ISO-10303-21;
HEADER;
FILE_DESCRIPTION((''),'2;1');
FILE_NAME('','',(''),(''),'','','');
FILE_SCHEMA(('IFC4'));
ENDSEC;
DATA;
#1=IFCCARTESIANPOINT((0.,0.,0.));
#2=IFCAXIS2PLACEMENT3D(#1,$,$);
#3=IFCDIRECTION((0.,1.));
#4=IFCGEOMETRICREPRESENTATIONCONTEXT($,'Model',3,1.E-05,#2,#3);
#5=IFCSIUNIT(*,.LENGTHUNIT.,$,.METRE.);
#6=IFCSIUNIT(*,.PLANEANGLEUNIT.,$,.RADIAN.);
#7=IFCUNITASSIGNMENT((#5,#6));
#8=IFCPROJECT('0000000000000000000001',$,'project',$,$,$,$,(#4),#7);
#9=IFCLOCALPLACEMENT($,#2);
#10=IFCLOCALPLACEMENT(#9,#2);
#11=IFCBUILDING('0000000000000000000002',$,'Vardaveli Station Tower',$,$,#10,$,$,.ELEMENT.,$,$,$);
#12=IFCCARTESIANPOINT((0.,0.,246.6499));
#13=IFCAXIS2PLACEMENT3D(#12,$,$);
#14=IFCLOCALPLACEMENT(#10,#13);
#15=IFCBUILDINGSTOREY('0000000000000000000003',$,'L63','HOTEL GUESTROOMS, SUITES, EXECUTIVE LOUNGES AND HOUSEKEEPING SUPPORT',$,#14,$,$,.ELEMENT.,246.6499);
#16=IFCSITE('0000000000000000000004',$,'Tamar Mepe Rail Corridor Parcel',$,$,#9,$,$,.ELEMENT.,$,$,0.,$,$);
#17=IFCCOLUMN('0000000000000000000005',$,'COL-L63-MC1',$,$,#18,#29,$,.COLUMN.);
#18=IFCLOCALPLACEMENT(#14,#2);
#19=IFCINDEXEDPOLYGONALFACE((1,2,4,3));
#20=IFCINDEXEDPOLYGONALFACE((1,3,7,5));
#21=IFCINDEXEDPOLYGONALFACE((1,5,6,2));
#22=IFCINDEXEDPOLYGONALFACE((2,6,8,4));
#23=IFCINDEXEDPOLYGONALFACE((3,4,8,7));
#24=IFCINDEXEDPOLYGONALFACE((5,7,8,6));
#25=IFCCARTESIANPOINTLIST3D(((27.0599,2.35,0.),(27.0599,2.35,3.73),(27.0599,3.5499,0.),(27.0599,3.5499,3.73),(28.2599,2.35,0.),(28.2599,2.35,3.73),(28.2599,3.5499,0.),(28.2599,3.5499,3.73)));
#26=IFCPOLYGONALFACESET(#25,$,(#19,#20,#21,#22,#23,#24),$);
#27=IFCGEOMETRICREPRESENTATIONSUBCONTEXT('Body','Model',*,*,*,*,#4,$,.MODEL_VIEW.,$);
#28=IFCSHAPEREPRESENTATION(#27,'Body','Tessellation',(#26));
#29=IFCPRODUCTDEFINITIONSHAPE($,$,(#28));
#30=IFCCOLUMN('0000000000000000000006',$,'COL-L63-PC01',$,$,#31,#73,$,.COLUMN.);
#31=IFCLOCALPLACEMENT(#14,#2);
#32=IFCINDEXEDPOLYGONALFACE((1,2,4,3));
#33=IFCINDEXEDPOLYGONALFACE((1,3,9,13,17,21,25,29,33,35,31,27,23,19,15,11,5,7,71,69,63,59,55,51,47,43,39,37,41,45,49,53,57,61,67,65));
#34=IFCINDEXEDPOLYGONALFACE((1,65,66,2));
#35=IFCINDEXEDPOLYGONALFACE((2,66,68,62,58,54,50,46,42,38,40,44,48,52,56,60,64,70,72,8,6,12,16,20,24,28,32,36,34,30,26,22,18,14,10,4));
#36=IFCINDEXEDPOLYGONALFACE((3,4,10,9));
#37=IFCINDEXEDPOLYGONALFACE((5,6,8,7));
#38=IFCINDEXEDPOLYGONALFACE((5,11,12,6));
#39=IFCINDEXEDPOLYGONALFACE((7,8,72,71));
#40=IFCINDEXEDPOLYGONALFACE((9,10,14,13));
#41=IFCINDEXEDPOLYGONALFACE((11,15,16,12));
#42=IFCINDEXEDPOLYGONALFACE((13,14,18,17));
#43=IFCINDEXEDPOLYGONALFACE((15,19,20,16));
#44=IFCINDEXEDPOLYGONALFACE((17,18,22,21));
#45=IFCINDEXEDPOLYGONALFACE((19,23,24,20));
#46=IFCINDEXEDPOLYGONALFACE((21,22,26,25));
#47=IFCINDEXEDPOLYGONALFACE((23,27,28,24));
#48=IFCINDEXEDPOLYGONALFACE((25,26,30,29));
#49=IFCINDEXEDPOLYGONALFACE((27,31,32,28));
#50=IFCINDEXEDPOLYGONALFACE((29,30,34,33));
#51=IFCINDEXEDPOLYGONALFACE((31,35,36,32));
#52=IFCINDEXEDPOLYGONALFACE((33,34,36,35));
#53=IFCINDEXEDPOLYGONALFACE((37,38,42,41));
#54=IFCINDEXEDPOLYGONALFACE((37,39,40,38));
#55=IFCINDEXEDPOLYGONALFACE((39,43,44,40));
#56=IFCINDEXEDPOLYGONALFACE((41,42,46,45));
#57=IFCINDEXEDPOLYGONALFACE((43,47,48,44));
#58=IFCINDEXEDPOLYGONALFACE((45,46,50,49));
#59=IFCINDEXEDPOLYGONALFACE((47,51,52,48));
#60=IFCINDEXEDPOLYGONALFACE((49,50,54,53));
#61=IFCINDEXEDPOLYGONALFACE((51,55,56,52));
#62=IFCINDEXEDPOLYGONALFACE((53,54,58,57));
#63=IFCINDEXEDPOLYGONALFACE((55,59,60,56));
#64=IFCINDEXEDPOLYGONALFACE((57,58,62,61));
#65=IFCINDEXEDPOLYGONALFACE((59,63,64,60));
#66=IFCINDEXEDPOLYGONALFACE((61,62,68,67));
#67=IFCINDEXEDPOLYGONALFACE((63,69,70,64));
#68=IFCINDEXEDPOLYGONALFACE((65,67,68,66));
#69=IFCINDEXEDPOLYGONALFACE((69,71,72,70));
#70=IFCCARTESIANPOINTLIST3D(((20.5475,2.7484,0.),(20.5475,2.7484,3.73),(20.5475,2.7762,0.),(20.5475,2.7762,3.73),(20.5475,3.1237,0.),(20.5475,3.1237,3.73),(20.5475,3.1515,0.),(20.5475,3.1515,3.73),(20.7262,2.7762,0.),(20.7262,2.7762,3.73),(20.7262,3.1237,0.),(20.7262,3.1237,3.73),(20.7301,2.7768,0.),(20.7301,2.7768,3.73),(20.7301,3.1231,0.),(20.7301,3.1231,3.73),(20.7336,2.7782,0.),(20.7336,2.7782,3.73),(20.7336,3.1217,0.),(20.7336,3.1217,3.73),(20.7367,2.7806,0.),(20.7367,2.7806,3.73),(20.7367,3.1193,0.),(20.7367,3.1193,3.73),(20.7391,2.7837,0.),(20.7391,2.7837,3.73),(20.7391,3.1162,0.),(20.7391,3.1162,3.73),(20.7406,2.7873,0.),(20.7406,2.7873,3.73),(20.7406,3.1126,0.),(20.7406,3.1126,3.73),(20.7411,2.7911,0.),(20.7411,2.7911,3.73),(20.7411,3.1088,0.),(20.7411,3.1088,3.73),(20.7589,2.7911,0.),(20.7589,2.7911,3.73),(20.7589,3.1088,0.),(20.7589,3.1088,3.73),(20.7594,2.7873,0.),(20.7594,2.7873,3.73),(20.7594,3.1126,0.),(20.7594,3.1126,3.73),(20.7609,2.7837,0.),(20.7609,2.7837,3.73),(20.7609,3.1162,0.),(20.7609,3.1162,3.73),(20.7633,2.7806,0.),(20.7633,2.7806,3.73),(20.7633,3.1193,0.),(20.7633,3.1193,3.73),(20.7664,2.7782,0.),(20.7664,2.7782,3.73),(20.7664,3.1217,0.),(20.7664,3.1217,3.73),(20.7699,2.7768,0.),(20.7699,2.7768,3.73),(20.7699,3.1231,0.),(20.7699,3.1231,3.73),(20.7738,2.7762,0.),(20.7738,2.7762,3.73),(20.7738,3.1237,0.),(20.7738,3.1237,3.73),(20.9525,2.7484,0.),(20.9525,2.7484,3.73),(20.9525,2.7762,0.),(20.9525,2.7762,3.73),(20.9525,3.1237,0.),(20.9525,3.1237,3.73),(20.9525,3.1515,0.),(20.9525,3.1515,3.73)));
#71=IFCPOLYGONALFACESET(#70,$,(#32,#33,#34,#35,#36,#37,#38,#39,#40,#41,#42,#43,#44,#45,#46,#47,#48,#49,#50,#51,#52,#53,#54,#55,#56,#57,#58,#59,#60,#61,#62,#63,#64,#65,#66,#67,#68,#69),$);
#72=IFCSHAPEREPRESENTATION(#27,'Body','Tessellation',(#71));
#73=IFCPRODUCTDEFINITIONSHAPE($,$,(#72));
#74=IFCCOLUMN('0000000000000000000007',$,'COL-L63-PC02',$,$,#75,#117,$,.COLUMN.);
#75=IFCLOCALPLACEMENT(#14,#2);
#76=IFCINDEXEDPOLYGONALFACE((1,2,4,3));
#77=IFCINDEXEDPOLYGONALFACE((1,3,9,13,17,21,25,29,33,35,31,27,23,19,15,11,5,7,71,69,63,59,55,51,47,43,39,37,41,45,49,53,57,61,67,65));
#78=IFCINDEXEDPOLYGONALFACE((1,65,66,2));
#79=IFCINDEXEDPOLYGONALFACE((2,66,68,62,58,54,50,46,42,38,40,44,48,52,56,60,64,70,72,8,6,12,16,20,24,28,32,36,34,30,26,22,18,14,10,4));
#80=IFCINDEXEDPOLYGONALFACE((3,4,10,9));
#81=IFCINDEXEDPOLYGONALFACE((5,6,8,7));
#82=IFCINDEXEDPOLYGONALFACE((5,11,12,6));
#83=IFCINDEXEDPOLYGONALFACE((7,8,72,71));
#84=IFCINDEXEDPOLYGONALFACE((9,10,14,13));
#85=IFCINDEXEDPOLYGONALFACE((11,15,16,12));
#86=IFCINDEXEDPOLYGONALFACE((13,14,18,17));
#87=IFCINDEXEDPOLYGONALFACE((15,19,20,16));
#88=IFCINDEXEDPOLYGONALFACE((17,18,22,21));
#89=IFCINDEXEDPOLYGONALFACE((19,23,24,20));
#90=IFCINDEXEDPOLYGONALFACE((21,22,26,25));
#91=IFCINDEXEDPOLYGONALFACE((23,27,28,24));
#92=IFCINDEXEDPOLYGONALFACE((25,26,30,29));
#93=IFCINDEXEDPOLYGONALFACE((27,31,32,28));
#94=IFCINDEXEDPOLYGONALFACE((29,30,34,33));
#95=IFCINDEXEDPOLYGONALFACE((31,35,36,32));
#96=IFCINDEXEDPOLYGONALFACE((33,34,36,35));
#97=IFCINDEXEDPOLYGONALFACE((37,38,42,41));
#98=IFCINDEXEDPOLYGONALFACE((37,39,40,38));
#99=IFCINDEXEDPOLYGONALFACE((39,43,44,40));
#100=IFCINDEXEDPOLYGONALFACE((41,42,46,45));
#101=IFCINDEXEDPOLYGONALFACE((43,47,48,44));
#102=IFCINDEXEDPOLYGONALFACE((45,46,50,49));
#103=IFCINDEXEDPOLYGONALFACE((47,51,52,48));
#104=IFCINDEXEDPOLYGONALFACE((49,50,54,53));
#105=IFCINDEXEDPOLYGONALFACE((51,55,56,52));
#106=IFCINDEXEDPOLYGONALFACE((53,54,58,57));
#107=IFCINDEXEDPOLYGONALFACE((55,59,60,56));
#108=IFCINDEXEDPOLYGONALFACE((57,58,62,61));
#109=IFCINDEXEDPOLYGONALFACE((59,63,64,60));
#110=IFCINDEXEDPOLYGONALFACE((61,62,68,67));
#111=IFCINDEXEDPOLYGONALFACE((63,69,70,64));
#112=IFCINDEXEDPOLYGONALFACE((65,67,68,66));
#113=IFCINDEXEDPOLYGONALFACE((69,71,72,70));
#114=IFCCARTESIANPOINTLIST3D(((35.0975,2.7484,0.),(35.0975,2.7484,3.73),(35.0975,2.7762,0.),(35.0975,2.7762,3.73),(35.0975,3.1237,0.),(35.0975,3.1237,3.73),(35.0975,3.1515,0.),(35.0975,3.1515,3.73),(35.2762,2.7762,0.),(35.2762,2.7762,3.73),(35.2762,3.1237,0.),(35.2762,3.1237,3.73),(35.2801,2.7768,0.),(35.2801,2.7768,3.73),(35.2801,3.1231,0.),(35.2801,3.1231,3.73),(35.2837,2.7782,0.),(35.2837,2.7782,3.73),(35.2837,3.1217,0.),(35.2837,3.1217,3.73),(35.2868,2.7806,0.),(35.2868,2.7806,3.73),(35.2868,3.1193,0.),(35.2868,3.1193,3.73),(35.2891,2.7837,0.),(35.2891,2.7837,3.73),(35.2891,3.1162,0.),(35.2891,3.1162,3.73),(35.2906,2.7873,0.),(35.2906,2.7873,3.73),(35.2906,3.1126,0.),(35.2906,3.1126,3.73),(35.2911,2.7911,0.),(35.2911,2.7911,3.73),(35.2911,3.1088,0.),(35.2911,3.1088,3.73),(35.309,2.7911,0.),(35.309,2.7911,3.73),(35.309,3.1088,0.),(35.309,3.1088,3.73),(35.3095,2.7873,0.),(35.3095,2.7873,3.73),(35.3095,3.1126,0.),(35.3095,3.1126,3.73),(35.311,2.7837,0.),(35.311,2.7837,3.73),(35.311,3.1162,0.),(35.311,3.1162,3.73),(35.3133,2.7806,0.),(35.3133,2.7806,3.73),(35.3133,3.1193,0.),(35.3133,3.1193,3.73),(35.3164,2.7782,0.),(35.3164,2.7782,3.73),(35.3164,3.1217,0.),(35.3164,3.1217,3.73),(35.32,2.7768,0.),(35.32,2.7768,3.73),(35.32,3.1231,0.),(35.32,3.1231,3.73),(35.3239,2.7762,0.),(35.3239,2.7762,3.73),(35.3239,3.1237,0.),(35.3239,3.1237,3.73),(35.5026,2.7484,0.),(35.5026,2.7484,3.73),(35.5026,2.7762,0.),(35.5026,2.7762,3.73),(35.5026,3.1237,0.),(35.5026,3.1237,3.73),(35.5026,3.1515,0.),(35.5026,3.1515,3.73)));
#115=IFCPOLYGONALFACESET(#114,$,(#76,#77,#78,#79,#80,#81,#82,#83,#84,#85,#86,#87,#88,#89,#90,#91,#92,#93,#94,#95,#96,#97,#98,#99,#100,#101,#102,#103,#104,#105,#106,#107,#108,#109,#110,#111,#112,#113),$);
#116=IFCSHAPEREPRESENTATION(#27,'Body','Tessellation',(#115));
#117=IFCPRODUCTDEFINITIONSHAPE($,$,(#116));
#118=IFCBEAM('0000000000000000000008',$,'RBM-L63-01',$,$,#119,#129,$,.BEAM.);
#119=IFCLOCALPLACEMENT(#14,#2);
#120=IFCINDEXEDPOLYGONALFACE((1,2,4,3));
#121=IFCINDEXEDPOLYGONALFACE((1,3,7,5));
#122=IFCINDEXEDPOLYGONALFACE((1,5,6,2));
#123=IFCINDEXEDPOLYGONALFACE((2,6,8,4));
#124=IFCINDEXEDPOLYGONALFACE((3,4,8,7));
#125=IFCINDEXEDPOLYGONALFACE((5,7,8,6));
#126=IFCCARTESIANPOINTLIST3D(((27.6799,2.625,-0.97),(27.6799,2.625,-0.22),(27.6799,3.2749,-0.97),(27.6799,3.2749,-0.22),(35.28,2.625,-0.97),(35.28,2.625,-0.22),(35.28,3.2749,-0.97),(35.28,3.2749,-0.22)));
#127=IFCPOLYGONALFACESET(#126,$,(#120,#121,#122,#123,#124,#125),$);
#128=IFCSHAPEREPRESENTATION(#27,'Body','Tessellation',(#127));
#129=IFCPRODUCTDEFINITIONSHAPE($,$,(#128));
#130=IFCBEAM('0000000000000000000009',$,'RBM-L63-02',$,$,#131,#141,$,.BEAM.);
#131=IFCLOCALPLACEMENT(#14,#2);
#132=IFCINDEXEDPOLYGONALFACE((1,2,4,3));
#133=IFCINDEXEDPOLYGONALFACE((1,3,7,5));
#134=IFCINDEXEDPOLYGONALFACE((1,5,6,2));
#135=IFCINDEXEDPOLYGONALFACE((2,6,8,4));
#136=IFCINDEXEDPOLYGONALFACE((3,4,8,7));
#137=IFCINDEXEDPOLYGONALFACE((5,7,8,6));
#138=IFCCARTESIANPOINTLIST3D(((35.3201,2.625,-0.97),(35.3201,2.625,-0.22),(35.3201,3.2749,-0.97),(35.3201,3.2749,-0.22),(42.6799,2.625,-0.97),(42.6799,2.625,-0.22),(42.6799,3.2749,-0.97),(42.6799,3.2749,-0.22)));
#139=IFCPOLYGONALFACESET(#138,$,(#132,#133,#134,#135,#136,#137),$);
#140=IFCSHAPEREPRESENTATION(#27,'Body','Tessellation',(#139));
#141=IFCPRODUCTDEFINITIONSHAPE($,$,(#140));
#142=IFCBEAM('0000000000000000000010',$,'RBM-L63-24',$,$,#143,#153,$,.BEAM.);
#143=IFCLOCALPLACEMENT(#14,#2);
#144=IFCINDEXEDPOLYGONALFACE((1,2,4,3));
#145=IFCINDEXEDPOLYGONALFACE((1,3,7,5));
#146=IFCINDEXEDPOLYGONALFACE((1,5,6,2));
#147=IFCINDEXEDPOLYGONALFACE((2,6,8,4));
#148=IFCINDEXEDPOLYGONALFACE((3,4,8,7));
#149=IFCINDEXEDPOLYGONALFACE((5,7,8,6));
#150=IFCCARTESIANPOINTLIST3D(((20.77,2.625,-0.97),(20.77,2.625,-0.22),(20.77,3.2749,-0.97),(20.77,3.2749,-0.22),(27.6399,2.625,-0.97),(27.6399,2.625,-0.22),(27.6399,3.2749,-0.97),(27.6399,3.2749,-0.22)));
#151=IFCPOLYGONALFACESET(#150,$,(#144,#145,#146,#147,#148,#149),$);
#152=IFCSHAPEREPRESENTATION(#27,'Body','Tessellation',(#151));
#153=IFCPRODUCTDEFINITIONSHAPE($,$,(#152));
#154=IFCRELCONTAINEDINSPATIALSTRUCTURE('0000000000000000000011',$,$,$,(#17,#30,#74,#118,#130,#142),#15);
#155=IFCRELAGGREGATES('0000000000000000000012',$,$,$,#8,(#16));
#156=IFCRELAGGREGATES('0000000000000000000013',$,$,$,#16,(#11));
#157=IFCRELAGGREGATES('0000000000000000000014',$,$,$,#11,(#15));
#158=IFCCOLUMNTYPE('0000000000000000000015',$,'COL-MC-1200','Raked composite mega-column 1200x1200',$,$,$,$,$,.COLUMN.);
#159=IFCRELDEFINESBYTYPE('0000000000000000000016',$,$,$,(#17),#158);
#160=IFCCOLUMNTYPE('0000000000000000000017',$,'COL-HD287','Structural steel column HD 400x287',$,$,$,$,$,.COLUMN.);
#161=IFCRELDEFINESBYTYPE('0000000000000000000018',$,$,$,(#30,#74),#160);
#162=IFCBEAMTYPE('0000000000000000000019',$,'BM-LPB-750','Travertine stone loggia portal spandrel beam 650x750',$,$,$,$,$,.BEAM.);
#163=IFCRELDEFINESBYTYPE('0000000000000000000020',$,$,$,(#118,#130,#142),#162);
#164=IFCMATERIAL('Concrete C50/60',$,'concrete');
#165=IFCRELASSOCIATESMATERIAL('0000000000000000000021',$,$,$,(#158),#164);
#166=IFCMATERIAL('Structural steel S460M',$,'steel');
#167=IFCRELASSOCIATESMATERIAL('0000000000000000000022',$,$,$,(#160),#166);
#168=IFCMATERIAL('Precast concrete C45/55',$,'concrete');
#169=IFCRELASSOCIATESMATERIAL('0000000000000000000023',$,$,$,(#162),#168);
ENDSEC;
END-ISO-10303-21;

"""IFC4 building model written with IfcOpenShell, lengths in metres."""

from ifc_helpers import new_model, si_unit, direction, frame, origin, origin_2d, place, context, subcontext, project, spatial, rectangle, i_section, extrude, source, transform, mapped, material, material_profile, profile_set, type_object, element, save


model = new_model("IFC4")

# Units and contexts
model_context = context("Model", 3, precision=1e-05, world=origin(), true_north=direction((0.0, 1.0)))
body_context = subcontext(model_context, "Body", "Model", "MODEL_VIEW")
ifc_project = project(units=[si_unit("LENGTHUNIT", "METRE"), si_unit("PLANEANGLEUNIT", "RADIAN")], contexts=[model_context])

# Site, building, storey
site_placement = place(None, origin())
site = spatial("IfcSite", under=ifc_project, at=site_placement, Name="Tamar Mepe Rail Corridor Parcel", CompositionType="ELEMENT", RefElevation=0.0)
building_placement = place(site_placement, origin())
building = spatial("IfcBuilding", under=site, at=building_placement, Name="Vardaveli Station Tower", CompositionType="ELEMENT")
storey_placement = place(building_placement, frame((0.0, 0.0, 246.6499)))
storey = spatial("IfcBuildingStorey", under=building, at=storey_placement, Name="L63", Description="HOTEL GUESTROOMS, SUITES, EXECUTIVE LOUNGES AND HOUSEKEEPING SUPPORT", CompositionType="ELEMENT", Elevation=246.6499)

# Columns
ifc_material_1 = material(Name="Concrete C50/60", Category="concrete")
ifc_material_profile_1 = material_profile(ifc_material_1, rectangle(XDim=1.2, YDim=1.2, at=origin_2d()), Name="MC 1200x1200")
ifc_profile_set_1 = profile_set([ifc_material_profile_1], Name="Concrete C50/60")
column_type_1 = type_object("IfcColumnType", Name="COL-MC-1200", Description="Raked composite mega-column 1200x1200", PredefinedType="COLUMN", material=ifc_profile_set_1)
shared_shape_1 = source(origin(), body_context, "Body", "SweptSolid", [
    extrude(rectangle(XDim=1.2, YDim=1.2, at=origin_2d()), origin(), (0.0, 0.0, 1.0), 3.73),
])
column_placement = place(storey_placement, frame((27.6599, 2.95, 0.0), z_axis=(0.0, 0.0, 1.0), x_axis=(1.0, 0.0, 0.0)))
element("IfcColumn", 1, at=column_placement, inside=storey, type_object=column_type_1, Name="COL-L63-MC1", PredefinedType="COLUMN", context=body_context, shape_type="MappedRepresentation", body=[
    mapped(shared_shape_1, transform((0.0, 0.0, 0.0), scale=1.0)),
])
ifc_material_2 = material(Name="Structural steel S460M", Category="steel")
ifc_material_profile_2 = material_profile(ifc_material_2, i_section(OverallWidth=0.405, OverallDepth=0.4031, WebThickness=0.0178, FlangeThickness=0.0278, FilletRadius=0.0149, at=origin_2d()), Name="HD 400x287")
ifc_profile_set_2 = profile_set([ifc_material_profile_2], Name="Structural steel S460M")
column_type_2 = type_object("IfcColumnType", Name="COL-HD287", Description="Structural steel column HD 400x287", PredefinedType="COLUMN", material=ifc_profile_set_2)
shared_shape_2 = source(origin(), body_context, "Body", "SweptSolid", [
    extrude(i_section(OverallWidth=0.405, OverallDepth=0.4031, WebThickness=0.0178, FlangeThickness=0.0278, FilletRadius=0.0149, at=origin_2d()), origin(), (0.0, 0.0, 1.0), 3.73),
])
for number, where, z_axis, x_axis, name in (
    (2, (20.75, 2.95, 0.0), (0.0, 0.0, 1.0), (1.0, 0.0, 0.0), "COL-L63-PC01"),
    (3, (35.3, 2.95, 0.0), (0.0, 0.0, 1.0), (1.0, 0.0, 0.0), "COL-L63-PC02"),
):
    element("IfcColumn", number, at=place(storey_placement, frame(where, z_axis=z_axis, x_axis=x_axis)), inside=storey, type_object=column_type_2, Name=name, PredefinedType="COLUMN", context=body_context, shape_type="MappedRepresentation", body=[
        mapped(shared_shape_2, transform((0.0, 0.0, 0.0), scale=1.0)),
    ])

# Beams
ifc_material_3 = material(Name="Precast concrete C45/55", Category="concrete")
ifc_material_profile_3 = material_profile(ifc_material_3, rectangle(XDim=0.6499, YDim=0.75, at=origin_2d()), Name="LPB 650x750")
ifc_profile_set_3 = profile_set([ifc_material_profile_3], Name="Precast concrete C45/55")
beam_type_1 = type_object("IfcBeamType", Name="BM-LPB-750", Description="Travertine stone loggia portal spandrel beam 650x750", PredefinedType="BEAM", material=ifc_profile_set_3)
shared_shape_3 = source(origin(), body_context, "Body", "SweptSolid", [
    extrude(rectangle(XDim=0.6499, YDim=0.75, at=origin_2d()), origin(), (0.0, 0.0, 1.0), 7.6001),
])
beam_1_placement = place(storey_placement, frame((27.6799, 2.95, -0.595), z_axis=(1.0, 0.0, 0.0), x_axis=(0.0, 1.0, 0.0)))
element("IfcBeam", 4, at=beam_1_placement, inside=storey, type_object=beam_type_1, Name="RBM-L63-01", PredefinedType="BEAM", context=body_context, shape_type="MappedRepresentation", body=[
    mapped(shared_shape_3, transform((0.0, 0.0, 0.0), scale=1.0)),
])
shared_shape_4 = source(origin(), body_context, "Body", "SweptSolid", [
    extrude(rectangle(XDim=0.6499, YDim=0.75, at=origin_2d()), origin(), (0.0, 0.0, 1.0), 7.3599),
])
beam_2_placement = place(storey_placement, frame((35.3201, 2.95, -0.595), z_axis=(1.0, 0.0, 0.0), x_axis=(0.0, 1.0, 0.0)))
element("IfcBeam", 5, at=beam_2_placement, inside=storey, type_object=beam_type_1, Name="RBM-L63-02", PredefinedType="BEAM", context=body_context, shape_type="MappedRepresentation", body=[
    mapped(shared_shape_4, transform((0.0, 0.0, 0.0), scale=1.0)),
])
shared_shape_5 = source(origin(), body_context, "Body", "SweptSolid", [
    extrude(rectangle(XDim=0.6499, YDim=0.75, at=origin_2d()), origin(), (0.0, 0.0, 1.0), 6.8699),
])
beam_3_placement = place(storey_placement, frame((20.77, 2.95, -0.595), z_axis=(1.0, 0.0, 0.0), x_axis=(0.0, 1.0, 0.0)))
element("IfcBeam", 6, at=beam_3_placement, inside=storey, type_object=beam_type_1, Name="RBM-L63-24", PredefinedType="BEAM", context=body_context, shape_type="MappedRepresentation", body=[
    mapped(shared_shape_5, transform((0.0, 0.0, 0.0), scale=1.0)),
])

save(model, "model.ifc")
